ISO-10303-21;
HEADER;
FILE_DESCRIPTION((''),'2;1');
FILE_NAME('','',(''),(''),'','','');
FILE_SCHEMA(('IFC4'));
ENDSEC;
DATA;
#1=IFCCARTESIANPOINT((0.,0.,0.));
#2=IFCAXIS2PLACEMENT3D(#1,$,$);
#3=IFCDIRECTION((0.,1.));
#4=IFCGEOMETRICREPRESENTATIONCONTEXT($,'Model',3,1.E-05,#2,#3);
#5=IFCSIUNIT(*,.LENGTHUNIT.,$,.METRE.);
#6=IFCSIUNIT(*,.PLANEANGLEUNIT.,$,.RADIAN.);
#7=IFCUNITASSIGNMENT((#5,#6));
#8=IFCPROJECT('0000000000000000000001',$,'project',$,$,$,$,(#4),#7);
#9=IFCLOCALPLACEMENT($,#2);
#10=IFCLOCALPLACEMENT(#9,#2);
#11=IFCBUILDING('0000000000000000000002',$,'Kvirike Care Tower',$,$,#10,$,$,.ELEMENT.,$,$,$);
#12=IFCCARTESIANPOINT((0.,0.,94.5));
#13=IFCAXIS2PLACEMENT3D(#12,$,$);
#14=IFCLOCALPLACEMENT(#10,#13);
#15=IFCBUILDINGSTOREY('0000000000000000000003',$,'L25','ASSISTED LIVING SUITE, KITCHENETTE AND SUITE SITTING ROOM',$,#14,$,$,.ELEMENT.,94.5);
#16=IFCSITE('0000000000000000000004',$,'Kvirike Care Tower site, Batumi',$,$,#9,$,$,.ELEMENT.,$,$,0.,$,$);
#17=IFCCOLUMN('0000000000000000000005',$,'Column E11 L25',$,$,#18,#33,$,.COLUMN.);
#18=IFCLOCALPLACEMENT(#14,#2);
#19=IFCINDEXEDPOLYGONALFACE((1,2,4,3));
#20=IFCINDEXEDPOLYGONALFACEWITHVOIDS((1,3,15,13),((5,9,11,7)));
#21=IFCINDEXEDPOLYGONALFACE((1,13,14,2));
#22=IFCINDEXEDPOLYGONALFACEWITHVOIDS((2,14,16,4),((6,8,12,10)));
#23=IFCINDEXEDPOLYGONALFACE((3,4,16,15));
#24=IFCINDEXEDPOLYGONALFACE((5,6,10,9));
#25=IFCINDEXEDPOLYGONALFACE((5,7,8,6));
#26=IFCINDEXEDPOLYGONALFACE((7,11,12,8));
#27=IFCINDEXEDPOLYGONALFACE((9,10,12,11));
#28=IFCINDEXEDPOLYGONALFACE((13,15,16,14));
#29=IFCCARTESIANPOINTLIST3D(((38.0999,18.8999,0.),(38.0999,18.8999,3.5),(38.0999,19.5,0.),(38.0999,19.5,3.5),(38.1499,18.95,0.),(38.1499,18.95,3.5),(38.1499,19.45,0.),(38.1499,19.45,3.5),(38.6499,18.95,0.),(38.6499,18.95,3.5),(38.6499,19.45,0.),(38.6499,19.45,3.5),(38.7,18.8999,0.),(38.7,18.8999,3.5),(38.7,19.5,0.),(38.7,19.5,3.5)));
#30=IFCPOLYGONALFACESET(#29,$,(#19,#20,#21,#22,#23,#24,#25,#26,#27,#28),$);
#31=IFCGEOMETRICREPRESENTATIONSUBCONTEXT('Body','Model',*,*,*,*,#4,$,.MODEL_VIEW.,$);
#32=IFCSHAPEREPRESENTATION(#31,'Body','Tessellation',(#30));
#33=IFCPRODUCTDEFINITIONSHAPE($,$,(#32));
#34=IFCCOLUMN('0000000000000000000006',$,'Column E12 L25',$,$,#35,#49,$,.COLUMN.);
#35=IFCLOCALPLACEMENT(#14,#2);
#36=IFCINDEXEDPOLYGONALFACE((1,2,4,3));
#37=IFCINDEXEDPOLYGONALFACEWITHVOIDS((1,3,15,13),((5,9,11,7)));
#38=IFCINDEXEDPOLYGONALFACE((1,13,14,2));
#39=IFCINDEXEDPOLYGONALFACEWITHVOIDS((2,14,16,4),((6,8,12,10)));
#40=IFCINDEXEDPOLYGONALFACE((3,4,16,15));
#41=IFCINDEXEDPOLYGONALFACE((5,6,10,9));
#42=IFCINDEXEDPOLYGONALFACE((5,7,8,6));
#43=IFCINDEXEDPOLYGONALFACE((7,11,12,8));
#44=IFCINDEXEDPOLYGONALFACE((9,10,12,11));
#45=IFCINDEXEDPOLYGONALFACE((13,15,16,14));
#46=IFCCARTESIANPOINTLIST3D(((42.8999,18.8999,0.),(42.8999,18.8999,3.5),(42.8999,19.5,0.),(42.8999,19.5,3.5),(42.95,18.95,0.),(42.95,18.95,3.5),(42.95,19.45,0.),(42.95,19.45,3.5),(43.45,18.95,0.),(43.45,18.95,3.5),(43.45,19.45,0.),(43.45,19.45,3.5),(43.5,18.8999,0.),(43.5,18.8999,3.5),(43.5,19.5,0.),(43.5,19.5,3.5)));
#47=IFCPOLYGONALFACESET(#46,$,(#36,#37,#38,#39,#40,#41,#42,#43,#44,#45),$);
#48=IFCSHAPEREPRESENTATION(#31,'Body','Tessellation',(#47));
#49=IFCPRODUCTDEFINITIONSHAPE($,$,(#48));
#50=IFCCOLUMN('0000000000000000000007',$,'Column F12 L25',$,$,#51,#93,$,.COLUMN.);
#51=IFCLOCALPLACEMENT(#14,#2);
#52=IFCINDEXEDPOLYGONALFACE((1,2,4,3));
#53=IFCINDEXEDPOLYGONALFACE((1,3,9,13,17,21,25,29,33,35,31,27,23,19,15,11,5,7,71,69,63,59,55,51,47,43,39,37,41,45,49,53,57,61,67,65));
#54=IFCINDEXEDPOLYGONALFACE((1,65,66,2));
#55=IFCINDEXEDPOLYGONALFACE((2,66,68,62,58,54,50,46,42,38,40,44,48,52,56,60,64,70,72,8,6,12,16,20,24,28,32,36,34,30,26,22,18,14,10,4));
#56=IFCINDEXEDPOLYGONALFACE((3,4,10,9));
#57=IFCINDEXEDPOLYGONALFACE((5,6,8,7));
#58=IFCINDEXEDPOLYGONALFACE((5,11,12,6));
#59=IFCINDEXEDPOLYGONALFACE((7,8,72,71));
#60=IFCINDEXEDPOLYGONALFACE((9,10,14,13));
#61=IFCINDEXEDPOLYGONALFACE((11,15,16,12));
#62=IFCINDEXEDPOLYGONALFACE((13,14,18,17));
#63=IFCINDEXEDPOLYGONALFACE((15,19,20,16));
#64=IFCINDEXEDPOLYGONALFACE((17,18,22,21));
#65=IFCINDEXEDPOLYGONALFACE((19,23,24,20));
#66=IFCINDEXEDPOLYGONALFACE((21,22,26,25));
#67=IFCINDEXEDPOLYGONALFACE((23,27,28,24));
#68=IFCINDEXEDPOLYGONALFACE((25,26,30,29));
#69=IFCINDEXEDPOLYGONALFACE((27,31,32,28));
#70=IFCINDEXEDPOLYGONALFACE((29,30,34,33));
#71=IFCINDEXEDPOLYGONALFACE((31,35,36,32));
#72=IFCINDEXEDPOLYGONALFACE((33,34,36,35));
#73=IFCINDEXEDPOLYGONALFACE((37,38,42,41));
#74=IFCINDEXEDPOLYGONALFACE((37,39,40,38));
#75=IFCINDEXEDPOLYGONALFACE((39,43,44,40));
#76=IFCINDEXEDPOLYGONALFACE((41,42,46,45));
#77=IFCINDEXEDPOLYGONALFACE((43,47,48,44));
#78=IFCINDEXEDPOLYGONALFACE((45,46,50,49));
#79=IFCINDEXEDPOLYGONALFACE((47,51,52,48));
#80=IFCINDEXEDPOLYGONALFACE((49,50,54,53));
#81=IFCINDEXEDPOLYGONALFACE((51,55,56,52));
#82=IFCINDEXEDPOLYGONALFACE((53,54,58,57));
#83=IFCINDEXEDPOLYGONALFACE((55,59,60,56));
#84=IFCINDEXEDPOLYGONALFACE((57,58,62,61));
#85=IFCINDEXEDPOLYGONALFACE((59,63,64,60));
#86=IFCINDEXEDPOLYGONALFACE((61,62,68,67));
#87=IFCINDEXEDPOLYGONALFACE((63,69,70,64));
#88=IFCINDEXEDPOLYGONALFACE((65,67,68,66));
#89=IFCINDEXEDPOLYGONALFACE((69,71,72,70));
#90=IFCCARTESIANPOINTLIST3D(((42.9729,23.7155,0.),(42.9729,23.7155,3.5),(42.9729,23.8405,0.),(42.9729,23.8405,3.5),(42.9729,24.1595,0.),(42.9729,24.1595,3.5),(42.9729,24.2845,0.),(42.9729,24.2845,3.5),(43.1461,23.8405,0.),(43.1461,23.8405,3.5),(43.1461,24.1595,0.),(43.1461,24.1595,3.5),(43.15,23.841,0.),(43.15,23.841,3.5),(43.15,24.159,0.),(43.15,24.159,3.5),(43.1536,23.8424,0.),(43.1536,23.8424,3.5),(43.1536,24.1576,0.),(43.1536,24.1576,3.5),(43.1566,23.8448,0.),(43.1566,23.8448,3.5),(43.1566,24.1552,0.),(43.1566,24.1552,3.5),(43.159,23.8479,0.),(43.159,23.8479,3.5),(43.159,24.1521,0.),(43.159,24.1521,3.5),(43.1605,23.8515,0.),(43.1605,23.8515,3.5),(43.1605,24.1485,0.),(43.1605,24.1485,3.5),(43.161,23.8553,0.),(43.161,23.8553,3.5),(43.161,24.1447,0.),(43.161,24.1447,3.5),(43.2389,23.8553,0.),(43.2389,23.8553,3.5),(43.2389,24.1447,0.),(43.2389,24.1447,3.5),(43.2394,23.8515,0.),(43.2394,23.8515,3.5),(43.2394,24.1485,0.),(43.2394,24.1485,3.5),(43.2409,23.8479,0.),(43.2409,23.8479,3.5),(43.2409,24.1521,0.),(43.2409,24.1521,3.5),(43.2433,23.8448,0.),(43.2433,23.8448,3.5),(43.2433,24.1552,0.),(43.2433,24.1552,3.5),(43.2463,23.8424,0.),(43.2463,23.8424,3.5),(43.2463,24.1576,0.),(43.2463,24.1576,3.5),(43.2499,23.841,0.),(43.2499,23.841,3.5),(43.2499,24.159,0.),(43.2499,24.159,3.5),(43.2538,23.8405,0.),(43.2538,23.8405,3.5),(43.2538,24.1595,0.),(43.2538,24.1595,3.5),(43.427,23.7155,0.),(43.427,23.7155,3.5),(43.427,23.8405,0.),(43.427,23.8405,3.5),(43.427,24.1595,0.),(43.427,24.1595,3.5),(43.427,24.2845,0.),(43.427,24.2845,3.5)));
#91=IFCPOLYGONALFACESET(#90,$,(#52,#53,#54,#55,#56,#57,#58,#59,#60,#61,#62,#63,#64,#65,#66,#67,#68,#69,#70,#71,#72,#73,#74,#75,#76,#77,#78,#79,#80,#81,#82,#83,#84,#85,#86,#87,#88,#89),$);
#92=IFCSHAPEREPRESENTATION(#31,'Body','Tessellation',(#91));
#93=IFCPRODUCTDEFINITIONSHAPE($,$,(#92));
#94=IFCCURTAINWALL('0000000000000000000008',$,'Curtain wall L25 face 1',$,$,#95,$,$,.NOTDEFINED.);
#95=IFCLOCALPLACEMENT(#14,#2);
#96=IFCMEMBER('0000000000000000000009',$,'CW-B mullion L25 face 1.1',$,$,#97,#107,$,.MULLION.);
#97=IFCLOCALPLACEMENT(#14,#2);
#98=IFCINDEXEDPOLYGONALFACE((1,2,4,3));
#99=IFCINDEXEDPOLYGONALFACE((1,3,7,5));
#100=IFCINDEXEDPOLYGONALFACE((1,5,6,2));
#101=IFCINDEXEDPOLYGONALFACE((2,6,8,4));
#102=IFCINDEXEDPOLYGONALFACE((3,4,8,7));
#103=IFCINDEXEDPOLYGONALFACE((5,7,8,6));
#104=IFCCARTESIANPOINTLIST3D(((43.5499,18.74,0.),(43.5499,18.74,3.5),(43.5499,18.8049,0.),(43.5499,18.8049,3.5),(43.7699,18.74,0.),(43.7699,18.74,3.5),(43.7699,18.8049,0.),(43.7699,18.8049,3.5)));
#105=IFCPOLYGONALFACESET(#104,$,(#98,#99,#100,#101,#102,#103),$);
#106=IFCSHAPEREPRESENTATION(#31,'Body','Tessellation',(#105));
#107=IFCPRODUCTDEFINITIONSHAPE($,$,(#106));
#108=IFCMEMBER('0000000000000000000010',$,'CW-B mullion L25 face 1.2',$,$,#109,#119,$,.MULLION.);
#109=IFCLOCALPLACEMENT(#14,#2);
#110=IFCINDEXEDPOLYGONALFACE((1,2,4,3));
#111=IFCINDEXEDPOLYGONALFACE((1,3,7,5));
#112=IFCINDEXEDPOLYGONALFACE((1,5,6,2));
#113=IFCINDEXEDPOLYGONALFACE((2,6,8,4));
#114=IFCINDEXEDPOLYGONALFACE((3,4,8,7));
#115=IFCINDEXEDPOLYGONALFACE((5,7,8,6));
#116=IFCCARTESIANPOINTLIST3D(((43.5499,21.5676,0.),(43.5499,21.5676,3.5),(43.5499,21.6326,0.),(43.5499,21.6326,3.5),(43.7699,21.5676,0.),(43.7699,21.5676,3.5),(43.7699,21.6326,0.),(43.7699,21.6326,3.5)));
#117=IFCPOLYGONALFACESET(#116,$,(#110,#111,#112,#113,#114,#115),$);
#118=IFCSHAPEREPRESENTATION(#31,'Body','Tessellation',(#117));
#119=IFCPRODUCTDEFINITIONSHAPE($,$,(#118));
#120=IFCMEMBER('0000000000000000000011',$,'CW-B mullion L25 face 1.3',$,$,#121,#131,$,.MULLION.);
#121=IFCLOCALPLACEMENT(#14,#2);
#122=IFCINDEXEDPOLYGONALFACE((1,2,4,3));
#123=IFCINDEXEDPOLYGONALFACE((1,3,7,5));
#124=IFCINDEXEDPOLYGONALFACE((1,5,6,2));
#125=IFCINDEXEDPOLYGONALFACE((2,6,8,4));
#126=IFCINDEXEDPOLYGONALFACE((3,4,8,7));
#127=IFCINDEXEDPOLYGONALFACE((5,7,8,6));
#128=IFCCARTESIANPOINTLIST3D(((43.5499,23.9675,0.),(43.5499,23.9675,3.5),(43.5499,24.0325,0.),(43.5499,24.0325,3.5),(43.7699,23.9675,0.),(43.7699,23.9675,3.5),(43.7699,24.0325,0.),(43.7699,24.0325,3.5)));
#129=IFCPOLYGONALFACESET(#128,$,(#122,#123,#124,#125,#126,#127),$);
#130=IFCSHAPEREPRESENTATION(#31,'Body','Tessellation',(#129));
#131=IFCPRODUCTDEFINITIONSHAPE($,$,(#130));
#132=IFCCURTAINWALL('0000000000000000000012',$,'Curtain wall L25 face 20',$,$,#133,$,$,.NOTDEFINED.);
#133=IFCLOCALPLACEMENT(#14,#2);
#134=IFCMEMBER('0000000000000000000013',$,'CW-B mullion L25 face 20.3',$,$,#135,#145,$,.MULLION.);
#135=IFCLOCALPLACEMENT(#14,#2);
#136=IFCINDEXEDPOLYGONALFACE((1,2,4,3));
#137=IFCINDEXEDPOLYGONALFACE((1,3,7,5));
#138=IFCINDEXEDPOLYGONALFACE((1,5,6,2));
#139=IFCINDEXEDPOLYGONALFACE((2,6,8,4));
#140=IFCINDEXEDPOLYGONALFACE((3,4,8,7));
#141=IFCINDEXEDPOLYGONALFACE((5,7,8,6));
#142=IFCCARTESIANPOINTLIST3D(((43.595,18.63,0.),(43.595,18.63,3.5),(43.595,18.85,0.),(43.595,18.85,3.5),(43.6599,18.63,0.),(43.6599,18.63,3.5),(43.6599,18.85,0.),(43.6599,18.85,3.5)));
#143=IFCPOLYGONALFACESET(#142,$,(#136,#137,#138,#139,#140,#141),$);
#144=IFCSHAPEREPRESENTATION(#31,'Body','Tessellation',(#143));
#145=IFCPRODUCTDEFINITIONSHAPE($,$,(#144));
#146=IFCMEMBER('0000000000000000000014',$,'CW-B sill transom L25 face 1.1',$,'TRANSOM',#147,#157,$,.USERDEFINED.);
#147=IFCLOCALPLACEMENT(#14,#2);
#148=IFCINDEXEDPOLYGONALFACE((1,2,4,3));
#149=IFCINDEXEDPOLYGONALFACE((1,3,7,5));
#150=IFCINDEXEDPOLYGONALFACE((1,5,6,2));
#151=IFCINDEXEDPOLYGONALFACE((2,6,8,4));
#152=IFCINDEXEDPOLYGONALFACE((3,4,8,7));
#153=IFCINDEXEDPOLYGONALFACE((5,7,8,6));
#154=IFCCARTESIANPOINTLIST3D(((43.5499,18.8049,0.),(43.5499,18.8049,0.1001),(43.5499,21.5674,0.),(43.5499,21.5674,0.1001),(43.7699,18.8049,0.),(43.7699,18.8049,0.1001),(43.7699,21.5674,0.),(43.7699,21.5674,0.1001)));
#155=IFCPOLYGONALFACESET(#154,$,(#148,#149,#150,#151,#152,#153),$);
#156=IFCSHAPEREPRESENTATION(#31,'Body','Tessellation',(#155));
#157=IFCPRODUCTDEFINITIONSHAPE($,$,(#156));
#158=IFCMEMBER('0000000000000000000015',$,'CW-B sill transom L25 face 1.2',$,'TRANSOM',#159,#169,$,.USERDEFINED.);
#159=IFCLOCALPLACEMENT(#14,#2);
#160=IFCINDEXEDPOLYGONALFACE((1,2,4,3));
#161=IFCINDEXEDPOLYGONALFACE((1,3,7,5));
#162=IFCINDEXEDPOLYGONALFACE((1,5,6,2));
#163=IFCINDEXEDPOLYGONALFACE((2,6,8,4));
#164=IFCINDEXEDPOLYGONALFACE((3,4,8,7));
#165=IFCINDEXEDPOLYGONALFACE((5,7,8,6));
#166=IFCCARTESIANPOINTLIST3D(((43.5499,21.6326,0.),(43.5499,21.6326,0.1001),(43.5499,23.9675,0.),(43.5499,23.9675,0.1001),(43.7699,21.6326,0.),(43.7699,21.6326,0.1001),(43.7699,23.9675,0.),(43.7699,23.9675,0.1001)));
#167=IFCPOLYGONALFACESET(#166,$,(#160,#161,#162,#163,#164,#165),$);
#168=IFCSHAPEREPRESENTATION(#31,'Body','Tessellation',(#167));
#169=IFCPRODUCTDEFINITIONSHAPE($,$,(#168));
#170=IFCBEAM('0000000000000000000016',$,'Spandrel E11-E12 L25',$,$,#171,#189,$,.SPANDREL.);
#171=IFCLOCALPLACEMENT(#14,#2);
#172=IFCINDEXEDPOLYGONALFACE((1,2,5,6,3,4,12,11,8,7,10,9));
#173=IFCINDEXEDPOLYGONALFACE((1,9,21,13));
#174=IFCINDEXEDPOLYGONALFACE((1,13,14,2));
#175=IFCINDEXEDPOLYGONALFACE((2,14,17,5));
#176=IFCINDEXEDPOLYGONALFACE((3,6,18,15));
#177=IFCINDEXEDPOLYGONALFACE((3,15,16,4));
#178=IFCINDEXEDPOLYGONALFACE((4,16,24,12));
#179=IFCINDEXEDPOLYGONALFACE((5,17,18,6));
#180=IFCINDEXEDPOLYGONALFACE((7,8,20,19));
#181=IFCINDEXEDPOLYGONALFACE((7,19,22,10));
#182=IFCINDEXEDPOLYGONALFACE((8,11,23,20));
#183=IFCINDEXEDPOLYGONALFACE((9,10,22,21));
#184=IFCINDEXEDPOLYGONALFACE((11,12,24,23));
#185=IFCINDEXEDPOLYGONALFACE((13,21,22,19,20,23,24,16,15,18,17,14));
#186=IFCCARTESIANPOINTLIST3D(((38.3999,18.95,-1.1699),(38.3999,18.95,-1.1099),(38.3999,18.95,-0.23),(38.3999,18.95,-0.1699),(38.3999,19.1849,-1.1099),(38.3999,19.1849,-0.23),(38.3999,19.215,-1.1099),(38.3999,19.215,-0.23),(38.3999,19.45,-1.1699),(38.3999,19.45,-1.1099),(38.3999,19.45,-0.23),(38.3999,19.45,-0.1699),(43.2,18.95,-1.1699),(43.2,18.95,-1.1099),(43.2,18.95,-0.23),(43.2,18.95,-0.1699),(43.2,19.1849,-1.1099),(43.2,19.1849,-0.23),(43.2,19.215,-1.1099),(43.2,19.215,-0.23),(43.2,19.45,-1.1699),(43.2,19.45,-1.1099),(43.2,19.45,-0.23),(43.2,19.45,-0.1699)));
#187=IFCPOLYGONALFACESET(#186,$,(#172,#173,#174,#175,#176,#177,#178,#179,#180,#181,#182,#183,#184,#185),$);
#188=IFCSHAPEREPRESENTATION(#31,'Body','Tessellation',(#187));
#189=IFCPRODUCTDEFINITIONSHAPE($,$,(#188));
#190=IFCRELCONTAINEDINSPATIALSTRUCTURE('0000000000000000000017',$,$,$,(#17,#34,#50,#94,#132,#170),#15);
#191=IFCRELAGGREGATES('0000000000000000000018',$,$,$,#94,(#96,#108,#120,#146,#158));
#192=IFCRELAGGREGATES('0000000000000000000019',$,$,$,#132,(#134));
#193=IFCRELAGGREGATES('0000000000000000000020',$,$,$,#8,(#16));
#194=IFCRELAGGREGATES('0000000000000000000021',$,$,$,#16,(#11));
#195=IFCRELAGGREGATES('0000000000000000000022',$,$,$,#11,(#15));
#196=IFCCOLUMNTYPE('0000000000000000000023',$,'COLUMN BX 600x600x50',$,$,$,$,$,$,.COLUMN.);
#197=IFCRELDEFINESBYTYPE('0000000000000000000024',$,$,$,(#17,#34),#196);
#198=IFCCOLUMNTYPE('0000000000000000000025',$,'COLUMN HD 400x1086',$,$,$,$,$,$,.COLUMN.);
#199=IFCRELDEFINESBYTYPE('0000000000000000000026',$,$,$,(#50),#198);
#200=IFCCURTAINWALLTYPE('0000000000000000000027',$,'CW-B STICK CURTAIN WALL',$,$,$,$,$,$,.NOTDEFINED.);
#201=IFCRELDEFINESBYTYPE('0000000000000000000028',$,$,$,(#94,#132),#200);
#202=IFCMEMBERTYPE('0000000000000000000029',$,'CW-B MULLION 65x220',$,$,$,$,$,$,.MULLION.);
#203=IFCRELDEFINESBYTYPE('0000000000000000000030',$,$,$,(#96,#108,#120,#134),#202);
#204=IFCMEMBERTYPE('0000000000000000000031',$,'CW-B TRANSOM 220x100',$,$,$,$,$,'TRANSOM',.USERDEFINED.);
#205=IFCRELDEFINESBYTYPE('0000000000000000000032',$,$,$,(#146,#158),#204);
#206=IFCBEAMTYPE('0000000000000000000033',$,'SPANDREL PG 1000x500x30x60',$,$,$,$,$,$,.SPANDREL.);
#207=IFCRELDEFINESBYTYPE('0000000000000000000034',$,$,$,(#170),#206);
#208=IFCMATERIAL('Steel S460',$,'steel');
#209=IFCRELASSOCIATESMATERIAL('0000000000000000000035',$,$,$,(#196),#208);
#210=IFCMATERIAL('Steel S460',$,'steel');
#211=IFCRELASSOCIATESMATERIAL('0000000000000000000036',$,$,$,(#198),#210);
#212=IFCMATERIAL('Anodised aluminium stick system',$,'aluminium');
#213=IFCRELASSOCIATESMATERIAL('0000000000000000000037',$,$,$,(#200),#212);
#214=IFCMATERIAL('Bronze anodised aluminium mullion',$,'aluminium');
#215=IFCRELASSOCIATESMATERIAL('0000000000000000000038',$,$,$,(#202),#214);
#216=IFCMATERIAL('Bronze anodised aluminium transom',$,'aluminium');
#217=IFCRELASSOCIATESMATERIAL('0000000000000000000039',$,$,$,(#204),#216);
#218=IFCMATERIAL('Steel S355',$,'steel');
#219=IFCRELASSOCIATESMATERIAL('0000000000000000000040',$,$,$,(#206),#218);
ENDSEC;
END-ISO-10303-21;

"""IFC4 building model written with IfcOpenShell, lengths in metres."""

from ifc_helpers import new_model, si_unit, direction, frame, origin, origin_2d, place, context, subcontext, project, spatial, rectangle, hollow_rectangle, i_section, extrude, material, material_profile, profile_set, type_object, element, aggregate, save


model = new_model("IFC4")

# Units and contexts
model_context = context("Model", 3, precision=1e-05, world=origin(), true_north=direction((0.0, 1.0)))
body_context = subcontext(model_context, "Body", "Model", "MODEL_VIEW")
ifc_project = project(units=[si_unit("LENGTHUNIT", "METRE"), si_unit("PLANEANGLEUNIT", "RADIAN")], contexts=[model_context])

# Site, building, storey
site_placement = place(None, origin())
site = spatial("IfcSite", under=ifc_project, at=site_placement, Name="Kvirike Care Tower site, Batumi", CompositionType="ELEMENT", RefElevation=0.0)
building_placement = place(site_placement, origin())
building = spatial("IfcBuilding", under=site, at=building_placement, Name="Kvirike Care Tower", CompositionType="ELEMENT")
storey_placement = place(building_placement, frame((0.0, 0.0, 94.5)))
storey = spatial("IfcBuildingStorey", under=building, at=storey_placement, Name="L25", Description="ASSISTED LIVING SUITE, KITCHENETTE AND SUITE SITTING ROOM", CompositionType="ELEMENT", Elevation=94.5)

# Columns
ifc_material_1 = material(Name="Steel S460", Category="steel")
ifc_material_profile_1 = material_profile(ifc_material_1, hollow_rectangle(XDim=0.6001, YDim=0.6001, WallThickness=0.05, at=origin_2d()), Name="BX 600x600x50")
ifc_profile_set_1 = profile_set([ifc_material_profile_1], Name="Steel S460")
column_type_1 = type_object("IfcColumnType", Name="COLUMN BX 600x600x50", PredefinedType="COLUMN", material=ifc_profile_set_1)
for number, where, z_axis, x_axis, name in (
    (1, (38.3999, 19.2, 0.0), (0.0, 0.0, 1.0), (0.0, 1.0, 0.0), "Column E11 L25"),
    (2, (43.2, 19.2, 0.0), (0.0, 0.0, 1.0), (0.0, 1.0, 0.0), "Column E12 L25"),
):
    element("IfcColumn", number, at=place(storey_placement, frame(where, z_axis=z_axis, x_axis=x_axis)), inside=storey, type_object=column_type_1, Name=name, PredefinedType="COLUMN", context=body_context, shape_type="SweptSolid", body=[
        extrude(hollow_rectangle(XDim=0.6001, YDim=0.6001, WallThickness=0.05, at=origin_2d()), origin(), (0.0, 0.0, 1.0), 3.5),
    ])
ifc_material_2 = material(Name="Steel S460", Category="steel")
ifc_material_profile_2 = material_profile(ifc_material_2, i_section(OverallWidth=0.4541, OverallDepth=0.5691, WebThickness=0.0779, FlangeThickness=0.125, FilletRadius=0.0149, at=origin_2d()), Name="HD 400x1086")
ifc_profile_set_2 = profile_set([ifc_material_profile_2], Name="Steel S460")
column_type_2 = type_object("IfcColumnType", Name="COLUMN HD 400x1086", PredefinedType="COLUMN", material=ifc_profile_set_2)
column_placement = place(storey_placement, frame((43.2, 24.0, 0.0), z_axis=(0.0, 0.0, 1.0), x_axis=(1.0, 0.0, 0.0)))
element("IfcColumn", 3, at=column_placement, inside=storey, type_object=column_type_2, Name="Column F12 L25", PredefinedType="COLUMN", context=body_context, shape_type="SweptSolid", body=[
    extrude(i_section(OverallWidth=0.4541, OverallDepth=0.5691, WebThickness=0.0779, FlangeThickness=0.125, FilletRadius=0.0149, at=origin_2d()), origin(), (0.0, 0.0, 1.0), 3.5),
])

# Curtain wall, members
ifc_material_3 = material(Name="Anodised aluminium stick system", Category="aluminium")
curtain_wall_type = type_object("IfcCurtainWallType", Name="CW-B STICK CURTAIN WALL", PredefinedType="NOTDEFINED", material=ifc_material_3)
curtain_wall_1_placement = place(storey_placement, origin())
curtain_wall_1 = element("IfcCurtainWall", 4, at=curtain_wall_1_placement, inside=storey, type_object=curtain_wall_type, Name="Curtain wall L25 face 1", PredefinedType="NOTDEFINED")
ifc_material_4 = material(Name="Bronze anodised aluminium mullion", Category="aluminium")
ifc_material_profile_3 = material_profile(ifc_material_4, rectangle(XDim=0.0649, YDim=0.22, at=origin_2d()), Name="CW-B MULLION 65x220")
ifc_profile_set_3 = profile_set([ifc_material_profile_3], Name="Bronze anodised aluminium mullion")
member_type_1 = type_object("IfcMemberType", Name="CW-B MULLION 65x220", PredefinedType="MULLION", material=ifc_profile_set_3)
member_1_placement = place(storey_placement, frame((43.6599, 18.7725, 0.0), z_axis=(0.0, 0.0, 1.0), x_axis=(0.0, 1.0, 0.0)))
member_1 = element("IfcMember", 5, at=member_1_placement, type_object=member_type_1, Name="CW-B mullion L25 face 1.1", PredefinedType="MULLION", context=body_context, shape_type="SweptSolid", body=[
    extrude(rectangle(XDim=0.0649, YDim=0.22, at=origin_2d()), origin(), (0.0, 0.0, 1.0), 3.5),
])
member_2_placement = place(storey_placement, frame((43.6599, 21.6001, 0.0), z_axis=(0.0, 0.0, 1.0), x_axis=(0.0, 1.0, 0.0)))
member_2 = element("IfcMember", 6, at=member_2_placement, type_object=member_type_1, Name="CW-B mullion L25 face 1.2", PredefinedType="MULLION", context=body_context, shape_type="SweptSolid", body=[
    extrude(rectangle(XDim=0.0649, YDim=0.22, at=origin_2d()), origin(), (0.0, 0.0, 1.0), 3.5),
])
member_3_placement = place(storey_placement, frame((43.6599, 24.0, 0.0), z_axis=(0.0, 0.0, 1.0), x_axis=(0.0, 1.0, 0.0)))
member_3 = element("IfcMember", 7, at=member_3_placement, type_object=member_type_1, Name="CW-B mullion L25 face 1.3", PredefinedType="MULLION", context=body_context, shape_type="SweptSolid", body=[
    extrude(rectangle(XDim=0.0649, YDim=0.22, at=origin_2d()), origin(), (0.0, 0.0, 1.0), 3.5),
])

# Curtain wall, member
curtain_wall_2_placement = place(storey_placement, origin())
curtain_wall_2 = element("IfcCurtainWall", 8, at=curtain_wall_2_placement, inside=storey, type_object=curtain_wall_type, Name="Curtain wall L25 face 20", PredefinedType="NOTDEFINED")
member_4_placement = place(storey_placement, frame((43.6274, 18.74, 0.0), z_axis=(0.0, 0.0, 1.0), x_axis=(1.0, 0.0, 0.0)))
member_4 = element("IfcMember", 9, at=member_4_placement, type_object=member_type_1, Name="CW-B mullion L25 face 20.3", PredefinedType="MULLION", context=body_context, shape_type="SweptSolid", body=[
    extrude(rectangle(XDim=0.0649, YDim=0.22, at=origin_2d()), origin(), (0.0, 0.0, 1.0), 3.5),
])

# Members
ifc_material_5 = material(Name="Bronze anodised aluminium transom", Category="aluminium")
ifc_material_profile_4 = material_profile(ifc_material_5, rectangle(XDim=0.22, YDim=0.1001, at=origin_2d()), Name="CW-B TRANSOM 220x100")
ifc_profile_set_4 = profile_set([ifc_material_profile_4], Name="Bronze anodised aluminium transom")
member_type_2 = type_object("IfcMemberType", Name="CW-B TRANSOM 220x100", ElementType="TRANSOM", PredefinedType="USERDEFINED", material=ifc_profile_set_4)
member_5_placement = place(storey_placement, frame((43.6599, 18.8049, 0.05), z_axis=(0.0, 1.0, 0.0), x_axis=(-1.0, 0.0, 0.0)))
member_5 = element("IfcMember", 10, at=member_5_placement, type_object=member_type_2, Name="CW-B sill transom L25 face 1.1", ObjectType="TRANSOM", PredefinedType="USERDEFINED", context=body_context, shape_type="SweptSolid", body=[
    extrude(rectangle(XDim=0.22, YDim=0.1001, at=origin_2d()), origin(), (0.0, 0.0, 1.0), 2.7625),
])
member_6_placement = place(storey_placement, frame((43.6599, 21.6326, 0.05), z_axis=(0.0, 1.0, 0.0), x_axis=(-1.0, 0.0, 0.0)))
member_6 = element("IfcMember", 11, at=member_6_placement, type_object=member_type_2, Name="CW-B sill transom L25 face 1.2", ObjectType="TRANSOM", PredefinedType="USERDEFINED", context=body_context, shape_type="SweptSolid", body=[
    extrude(rectangle(XDim=0.22, YDim=0.1001, at=origin_2d()), origin(), (0.0, 0.0, 1.0), 2.335),
])

# Beam
ifc_material_6 = material(Name="Steel S355", Category="steel")
ifc_material_profile_5 = material_profile(ifc_material_6, i_section(OverallWidth=0.5, OverallDepth=1.0, WebThickness=0.03, FlangeThickness=0.0601, at=origin_2d()), Name="PG 1000x500x30x60")
ifc_profile_set_5 = profile_set([ifc_material_profile_5], Name="Steel S355")
beam_type = type_object("IfcBeamType", Name="SPANDREL PG 1000x500x30x60", PredefinedType="SPANDREL", material=ifc_profile_set_5)
for number, where, z_axis, x_axis, name in (
    (12, (38.3999, 19.2, -0.6699), (1.0, 0.0, 0.0), (0.0, 1.0, 0.0), "Spandrel E11-E12 L25"),
):
    element("IfcBeam", number, at=place(storey_placement, frame(where, z_axis=z_axis, x_axis=x_axis)), inside=storey, type_object=beam_type, Name=name, PredefinedType="SPANDREL", context=body_context, shape_type="SweptSolid", body=[
        extrude(i_section(OverallWidth=0.5, OverallDepth=1.0, WebThickness=0.03, FlangeThickness=0.0601, at=origin_2d()), origin(), (0.0, 0.0, 1.0), 4.8),
    ])

aggregate(curtain_wall_1, [member_1, member_2, member_3, member_5, member_6])
aggregate(curtain_wall_2, [member_4])

save(model, "model.ifc")
